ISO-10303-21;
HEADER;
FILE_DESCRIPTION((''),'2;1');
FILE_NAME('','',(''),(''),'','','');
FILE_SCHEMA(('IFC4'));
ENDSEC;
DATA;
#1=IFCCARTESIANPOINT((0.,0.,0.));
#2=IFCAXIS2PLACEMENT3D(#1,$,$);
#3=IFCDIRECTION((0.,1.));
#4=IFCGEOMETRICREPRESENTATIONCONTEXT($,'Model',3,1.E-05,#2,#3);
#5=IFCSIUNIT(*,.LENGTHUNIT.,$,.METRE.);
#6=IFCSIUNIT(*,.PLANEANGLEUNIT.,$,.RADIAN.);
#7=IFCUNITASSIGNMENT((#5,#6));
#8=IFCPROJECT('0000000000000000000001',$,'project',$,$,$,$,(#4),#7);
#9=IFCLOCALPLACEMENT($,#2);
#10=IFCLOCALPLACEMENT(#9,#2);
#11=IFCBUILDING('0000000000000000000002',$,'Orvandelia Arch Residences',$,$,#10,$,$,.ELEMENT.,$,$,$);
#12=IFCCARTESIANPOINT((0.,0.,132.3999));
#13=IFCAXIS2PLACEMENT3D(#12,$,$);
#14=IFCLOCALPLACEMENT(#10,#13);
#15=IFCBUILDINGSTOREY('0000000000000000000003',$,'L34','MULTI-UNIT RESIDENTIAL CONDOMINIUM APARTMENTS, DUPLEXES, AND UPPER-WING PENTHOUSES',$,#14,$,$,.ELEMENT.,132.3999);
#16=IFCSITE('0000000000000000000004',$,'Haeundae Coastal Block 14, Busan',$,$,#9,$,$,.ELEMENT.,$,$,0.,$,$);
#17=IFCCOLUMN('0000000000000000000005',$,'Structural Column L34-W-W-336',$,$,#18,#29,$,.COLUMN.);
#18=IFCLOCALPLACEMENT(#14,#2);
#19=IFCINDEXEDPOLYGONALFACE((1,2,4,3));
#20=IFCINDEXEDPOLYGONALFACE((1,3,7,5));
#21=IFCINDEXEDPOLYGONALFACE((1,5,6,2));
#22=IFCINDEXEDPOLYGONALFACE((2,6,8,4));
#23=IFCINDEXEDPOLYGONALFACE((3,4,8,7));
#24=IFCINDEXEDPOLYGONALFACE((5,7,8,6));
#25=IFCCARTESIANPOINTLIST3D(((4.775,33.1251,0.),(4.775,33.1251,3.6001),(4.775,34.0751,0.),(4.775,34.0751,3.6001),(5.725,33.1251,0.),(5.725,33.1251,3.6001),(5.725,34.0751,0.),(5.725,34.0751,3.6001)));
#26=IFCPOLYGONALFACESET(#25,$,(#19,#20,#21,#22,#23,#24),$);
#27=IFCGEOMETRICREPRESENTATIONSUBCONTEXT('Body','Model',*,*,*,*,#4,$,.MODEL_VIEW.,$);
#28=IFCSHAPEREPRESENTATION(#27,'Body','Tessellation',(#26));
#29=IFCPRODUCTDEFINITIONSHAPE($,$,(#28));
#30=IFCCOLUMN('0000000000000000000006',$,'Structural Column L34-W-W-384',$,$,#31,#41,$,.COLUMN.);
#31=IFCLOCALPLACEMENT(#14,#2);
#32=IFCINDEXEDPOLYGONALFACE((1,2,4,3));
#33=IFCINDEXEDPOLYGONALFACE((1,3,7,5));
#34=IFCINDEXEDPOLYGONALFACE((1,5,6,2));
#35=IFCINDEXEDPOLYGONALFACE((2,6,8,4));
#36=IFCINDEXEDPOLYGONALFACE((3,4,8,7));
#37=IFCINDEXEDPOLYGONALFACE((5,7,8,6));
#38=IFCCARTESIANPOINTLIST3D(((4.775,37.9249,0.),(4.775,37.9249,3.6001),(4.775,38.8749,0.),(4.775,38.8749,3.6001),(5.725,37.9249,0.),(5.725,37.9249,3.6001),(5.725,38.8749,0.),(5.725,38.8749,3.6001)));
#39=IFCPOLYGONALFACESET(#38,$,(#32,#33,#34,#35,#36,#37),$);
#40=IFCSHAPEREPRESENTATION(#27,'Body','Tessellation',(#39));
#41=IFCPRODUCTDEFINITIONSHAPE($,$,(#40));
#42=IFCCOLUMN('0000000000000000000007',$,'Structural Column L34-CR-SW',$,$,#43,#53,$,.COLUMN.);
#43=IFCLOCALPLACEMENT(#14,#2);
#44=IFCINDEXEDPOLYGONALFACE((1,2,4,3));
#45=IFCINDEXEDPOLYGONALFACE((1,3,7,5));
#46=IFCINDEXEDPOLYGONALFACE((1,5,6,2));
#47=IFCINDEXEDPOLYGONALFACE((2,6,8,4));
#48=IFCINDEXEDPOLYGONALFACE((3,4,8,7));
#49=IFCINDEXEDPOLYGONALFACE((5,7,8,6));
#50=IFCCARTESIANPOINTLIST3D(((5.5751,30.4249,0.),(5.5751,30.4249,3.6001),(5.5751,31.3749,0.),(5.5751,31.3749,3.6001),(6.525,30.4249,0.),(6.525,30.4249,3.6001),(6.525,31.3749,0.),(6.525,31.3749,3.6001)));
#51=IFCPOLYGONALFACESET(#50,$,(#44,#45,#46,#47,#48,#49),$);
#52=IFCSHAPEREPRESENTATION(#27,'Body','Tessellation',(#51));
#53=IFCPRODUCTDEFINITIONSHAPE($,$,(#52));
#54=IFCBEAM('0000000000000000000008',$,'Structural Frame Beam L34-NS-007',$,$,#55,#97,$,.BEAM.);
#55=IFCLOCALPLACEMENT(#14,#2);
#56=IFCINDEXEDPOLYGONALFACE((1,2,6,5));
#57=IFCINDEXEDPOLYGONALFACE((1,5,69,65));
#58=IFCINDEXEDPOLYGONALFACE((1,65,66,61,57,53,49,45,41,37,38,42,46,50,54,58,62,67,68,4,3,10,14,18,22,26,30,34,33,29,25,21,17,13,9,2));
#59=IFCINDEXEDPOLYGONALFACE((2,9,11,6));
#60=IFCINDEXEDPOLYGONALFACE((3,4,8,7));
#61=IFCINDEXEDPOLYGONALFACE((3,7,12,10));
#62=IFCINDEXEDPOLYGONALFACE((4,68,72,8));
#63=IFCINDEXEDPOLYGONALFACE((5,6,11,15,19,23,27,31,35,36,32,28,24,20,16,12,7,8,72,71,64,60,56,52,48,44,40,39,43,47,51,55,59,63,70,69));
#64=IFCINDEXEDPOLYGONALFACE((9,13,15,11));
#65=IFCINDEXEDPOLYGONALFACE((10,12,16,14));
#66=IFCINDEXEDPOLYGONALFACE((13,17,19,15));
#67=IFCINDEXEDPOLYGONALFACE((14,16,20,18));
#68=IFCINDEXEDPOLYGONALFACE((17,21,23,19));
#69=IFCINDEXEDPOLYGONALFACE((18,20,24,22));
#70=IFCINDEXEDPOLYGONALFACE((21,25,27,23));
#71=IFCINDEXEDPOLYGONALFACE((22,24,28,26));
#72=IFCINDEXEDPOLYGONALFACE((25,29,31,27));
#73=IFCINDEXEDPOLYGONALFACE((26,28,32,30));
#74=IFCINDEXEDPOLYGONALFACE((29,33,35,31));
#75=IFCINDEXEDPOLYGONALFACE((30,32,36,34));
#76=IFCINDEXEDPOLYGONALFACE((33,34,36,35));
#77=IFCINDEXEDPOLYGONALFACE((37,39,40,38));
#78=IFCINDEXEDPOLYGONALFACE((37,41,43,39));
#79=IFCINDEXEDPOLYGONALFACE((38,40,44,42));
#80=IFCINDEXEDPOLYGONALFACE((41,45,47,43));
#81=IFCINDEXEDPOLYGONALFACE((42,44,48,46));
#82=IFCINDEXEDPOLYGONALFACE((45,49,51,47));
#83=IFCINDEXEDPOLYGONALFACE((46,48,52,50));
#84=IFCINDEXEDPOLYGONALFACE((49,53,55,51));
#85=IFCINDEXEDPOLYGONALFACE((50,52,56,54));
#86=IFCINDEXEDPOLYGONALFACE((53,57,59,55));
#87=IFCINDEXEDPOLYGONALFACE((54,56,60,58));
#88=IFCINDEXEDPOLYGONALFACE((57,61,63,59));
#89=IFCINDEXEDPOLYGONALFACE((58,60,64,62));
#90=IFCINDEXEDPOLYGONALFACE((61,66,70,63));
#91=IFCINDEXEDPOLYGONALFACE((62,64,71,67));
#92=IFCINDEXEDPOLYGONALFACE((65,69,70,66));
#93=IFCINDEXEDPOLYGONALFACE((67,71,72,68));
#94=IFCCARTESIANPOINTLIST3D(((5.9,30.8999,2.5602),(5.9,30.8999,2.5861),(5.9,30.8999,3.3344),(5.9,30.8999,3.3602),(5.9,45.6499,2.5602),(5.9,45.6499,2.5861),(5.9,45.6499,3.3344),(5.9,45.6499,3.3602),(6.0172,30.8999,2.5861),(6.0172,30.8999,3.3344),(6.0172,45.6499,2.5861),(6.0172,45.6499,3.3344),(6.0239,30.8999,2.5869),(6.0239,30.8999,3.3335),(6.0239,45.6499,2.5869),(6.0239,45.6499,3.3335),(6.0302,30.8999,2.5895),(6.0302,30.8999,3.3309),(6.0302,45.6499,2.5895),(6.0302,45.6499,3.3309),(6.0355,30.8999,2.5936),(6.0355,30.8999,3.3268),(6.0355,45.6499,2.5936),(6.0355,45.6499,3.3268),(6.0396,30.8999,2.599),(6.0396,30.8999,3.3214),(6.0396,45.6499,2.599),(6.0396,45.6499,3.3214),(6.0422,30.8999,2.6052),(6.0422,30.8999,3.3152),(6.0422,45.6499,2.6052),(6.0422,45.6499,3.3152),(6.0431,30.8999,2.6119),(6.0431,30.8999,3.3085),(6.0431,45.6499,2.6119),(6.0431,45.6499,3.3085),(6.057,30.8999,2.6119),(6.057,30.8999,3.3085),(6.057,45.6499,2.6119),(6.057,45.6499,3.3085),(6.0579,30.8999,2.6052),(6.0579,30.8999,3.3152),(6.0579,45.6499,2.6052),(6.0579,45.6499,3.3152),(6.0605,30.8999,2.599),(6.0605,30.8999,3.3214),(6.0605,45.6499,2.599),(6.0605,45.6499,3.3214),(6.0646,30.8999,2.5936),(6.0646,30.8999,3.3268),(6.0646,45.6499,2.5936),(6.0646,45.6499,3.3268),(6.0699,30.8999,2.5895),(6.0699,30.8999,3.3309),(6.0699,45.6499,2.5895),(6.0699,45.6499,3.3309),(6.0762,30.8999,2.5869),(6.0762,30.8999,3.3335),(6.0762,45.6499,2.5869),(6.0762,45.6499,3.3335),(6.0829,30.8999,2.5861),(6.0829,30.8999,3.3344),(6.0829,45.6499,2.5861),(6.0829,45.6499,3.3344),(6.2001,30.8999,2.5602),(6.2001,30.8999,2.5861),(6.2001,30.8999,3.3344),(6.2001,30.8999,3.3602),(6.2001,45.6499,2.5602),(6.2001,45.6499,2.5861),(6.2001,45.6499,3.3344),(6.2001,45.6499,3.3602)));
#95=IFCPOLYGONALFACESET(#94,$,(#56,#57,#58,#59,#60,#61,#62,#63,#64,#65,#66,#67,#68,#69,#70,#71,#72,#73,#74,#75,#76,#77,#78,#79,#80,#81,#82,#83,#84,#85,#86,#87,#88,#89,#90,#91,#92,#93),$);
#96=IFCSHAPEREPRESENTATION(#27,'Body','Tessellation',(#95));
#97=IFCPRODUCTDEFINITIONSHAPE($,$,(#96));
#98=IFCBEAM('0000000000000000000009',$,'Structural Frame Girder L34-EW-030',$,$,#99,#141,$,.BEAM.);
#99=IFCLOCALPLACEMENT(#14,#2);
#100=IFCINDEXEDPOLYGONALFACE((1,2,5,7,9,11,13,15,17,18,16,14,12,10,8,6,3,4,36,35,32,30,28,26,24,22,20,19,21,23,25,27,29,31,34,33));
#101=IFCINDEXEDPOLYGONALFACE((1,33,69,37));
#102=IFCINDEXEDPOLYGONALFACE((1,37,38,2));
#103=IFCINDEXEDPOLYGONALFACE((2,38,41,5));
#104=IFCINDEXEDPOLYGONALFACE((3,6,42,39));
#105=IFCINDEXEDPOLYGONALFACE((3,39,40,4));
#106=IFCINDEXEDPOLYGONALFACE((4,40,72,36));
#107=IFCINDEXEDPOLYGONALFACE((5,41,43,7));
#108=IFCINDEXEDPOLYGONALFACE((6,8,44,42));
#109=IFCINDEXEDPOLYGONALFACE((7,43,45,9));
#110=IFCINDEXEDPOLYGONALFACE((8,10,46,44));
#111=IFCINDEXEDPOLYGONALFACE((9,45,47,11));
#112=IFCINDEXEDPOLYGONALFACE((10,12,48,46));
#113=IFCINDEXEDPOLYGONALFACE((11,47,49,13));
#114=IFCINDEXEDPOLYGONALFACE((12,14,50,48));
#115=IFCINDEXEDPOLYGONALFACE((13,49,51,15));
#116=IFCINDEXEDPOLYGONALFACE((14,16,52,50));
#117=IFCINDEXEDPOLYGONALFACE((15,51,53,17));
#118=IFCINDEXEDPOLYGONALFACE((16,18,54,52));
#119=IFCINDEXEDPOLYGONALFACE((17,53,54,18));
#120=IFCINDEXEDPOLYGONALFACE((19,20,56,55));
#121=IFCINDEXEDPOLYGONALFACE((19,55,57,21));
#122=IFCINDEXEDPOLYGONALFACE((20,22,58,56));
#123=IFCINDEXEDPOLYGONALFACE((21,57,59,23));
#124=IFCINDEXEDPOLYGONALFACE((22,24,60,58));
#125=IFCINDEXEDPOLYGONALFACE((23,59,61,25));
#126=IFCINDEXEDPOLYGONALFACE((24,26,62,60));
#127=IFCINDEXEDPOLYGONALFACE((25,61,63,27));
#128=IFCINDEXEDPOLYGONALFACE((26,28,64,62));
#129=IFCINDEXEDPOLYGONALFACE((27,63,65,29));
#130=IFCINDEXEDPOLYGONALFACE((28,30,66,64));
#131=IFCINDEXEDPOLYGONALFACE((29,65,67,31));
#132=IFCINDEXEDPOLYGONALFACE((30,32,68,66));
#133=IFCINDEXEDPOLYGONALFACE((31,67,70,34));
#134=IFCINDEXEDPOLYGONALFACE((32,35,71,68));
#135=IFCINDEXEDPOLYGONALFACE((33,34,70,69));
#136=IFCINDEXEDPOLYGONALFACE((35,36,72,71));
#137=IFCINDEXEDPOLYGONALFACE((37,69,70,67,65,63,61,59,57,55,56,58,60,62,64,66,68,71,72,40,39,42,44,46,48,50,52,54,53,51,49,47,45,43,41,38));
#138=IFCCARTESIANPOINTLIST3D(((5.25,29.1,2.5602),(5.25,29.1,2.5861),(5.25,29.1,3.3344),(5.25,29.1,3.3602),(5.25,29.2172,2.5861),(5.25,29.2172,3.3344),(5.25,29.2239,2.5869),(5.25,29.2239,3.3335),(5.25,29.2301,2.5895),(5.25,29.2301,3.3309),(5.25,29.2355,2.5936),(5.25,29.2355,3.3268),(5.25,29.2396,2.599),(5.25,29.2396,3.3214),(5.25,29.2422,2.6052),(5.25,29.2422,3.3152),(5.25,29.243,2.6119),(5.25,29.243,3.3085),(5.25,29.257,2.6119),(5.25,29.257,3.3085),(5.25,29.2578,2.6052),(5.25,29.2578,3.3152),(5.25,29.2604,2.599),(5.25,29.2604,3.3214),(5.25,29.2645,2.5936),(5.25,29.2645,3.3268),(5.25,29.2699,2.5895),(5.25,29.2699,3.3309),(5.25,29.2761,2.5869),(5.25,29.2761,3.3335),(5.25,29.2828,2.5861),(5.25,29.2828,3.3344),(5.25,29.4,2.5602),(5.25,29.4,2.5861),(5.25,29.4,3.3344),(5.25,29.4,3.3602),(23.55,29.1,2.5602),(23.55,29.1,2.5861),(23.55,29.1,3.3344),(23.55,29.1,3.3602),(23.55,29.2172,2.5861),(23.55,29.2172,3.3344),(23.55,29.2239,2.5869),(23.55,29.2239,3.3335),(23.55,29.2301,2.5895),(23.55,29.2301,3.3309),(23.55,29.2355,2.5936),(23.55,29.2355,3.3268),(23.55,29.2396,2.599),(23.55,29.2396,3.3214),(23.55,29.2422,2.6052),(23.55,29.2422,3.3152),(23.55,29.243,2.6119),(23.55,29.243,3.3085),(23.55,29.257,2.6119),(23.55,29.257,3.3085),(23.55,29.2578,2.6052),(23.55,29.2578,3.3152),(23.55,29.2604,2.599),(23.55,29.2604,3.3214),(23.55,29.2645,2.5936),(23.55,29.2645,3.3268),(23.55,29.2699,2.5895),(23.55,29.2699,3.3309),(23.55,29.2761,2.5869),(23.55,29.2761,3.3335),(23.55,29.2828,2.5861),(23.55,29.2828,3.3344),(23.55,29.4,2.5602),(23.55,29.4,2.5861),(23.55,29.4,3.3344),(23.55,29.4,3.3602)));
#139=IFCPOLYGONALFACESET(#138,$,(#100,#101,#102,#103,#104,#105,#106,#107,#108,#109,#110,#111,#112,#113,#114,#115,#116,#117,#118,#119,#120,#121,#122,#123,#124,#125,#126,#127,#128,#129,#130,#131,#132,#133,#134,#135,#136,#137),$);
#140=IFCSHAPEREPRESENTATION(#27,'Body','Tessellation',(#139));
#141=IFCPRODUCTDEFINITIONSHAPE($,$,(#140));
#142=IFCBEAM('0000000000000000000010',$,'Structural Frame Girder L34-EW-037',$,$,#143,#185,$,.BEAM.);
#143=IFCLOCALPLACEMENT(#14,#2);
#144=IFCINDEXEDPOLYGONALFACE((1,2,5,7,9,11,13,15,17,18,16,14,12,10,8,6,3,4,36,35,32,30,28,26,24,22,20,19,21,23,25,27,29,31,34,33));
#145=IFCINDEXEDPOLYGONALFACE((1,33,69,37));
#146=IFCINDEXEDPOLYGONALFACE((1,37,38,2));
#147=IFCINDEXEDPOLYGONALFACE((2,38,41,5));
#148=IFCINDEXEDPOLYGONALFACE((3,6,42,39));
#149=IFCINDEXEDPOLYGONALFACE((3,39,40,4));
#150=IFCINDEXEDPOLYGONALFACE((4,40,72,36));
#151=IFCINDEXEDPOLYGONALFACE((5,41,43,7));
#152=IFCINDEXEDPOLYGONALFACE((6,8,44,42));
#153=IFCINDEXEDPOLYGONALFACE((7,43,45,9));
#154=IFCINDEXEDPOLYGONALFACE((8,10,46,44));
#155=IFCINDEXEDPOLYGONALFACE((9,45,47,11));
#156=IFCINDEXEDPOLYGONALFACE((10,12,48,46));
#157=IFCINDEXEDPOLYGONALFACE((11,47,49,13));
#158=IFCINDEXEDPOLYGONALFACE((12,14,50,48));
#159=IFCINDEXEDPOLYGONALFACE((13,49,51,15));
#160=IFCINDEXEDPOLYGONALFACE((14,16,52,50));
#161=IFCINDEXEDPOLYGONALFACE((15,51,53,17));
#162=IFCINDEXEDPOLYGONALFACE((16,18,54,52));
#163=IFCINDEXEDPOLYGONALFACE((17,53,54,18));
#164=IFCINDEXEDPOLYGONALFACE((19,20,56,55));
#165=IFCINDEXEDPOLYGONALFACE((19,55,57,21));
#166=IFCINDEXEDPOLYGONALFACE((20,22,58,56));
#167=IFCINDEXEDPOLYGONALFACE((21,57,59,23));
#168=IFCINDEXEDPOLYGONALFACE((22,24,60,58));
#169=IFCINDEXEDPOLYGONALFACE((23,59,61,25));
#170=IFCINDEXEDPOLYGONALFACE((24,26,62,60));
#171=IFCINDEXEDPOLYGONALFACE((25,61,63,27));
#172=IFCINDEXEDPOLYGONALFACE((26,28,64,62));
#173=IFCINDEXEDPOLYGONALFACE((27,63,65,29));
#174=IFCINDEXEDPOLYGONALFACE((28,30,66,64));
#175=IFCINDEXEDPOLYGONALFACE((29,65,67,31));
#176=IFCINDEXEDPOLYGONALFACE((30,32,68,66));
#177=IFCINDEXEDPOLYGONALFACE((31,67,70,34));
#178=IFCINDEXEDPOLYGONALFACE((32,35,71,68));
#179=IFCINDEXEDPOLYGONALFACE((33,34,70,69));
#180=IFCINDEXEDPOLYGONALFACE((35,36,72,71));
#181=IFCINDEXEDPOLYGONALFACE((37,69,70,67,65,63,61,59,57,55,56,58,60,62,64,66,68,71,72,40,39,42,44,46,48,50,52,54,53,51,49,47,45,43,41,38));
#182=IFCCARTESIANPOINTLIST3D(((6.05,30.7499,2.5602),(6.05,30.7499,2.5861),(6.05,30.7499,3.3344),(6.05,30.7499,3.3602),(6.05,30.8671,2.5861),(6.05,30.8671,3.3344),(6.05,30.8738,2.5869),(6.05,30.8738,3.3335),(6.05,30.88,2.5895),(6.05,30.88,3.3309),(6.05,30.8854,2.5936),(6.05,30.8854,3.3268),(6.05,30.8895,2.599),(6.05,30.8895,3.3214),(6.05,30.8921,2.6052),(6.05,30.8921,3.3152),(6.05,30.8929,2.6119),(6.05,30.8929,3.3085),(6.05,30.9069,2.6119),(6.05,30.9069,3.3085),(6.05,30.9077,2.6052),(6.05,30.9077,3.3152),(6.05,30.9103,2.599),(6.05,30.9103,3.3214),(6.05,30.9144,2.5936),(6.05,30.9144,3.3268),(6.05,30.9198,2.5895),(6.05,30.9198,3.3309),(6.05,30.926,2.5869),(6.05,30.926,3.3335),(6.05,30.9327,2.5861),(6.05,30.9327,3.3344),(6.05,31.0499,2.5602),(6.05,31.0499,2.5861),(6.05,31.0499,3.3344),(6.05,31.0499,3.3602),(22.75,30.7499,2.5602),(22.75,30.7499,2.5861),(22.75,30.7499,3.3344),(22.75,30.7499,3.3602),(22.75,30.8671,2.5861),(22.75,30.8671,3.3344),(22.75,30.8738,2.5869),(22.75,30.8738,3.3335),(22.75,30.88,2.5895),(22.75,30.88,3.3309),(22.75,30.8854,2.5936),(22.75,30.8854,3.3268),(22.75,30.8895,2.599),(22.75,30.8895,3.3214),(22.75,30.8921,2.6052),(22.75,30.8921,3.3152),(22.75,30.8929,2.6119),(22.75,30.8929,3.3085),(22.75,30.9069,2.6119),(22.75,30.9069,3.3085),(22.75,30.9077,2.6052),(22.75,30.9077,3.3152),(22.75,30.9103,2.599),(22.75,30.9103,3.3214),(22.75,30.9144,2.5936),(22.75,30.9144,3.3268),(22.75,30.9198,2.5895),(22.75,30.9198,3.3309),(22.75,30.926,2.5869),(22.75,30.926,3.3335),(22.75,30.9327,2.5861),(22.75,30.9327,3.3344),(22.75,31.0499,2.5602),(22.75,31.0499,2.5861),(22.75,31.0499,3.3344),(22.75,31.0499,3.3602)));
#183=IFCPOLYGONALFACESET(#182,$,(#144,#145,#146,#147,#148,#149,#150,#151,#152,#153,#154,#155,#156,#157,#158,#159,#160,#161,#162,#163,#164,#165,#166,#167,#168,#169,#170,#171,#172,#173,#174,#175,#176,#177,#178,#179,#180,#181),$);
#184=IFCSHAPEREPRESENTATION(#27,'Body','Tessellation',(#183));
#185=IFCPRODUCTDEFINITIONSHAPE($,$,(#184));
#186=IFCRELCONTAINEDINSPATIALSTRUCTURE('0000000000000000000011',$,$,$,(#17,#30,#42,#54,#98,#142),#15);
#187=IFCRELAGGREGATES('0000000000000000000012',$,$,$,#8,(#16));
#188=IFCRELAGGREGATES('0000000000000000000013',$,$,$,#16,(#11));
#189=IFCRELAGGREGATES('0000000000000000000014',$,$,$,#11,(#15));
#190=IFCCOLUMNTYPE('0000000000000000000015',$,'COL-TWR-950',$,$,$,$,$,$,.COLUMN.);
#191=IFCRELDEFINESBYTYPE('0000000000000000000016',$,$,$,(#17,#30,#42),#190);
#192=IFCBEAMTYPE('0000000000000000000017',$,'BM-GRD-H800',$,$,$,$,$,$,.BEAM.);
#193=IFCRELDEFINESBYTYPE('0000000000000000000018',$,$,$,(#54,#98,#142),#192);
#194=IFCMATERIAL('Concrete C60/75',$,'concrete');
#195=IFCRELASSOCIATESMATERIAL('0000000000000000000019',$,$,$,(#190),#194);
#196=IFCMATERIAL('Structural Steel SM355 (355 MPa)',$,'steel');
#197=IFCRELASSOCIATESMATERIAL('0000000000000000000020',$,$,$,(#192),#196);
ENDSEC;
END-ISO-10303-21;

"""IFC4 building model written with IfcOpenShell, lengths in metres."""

from ifc_helpers import new_model, si_unit, direction, frame, origin, origin_2d, place, context, subcontext, project, spatial, rectangle, i_section, extrude, material, material_profile, profile_set, type_object, element, save


model = new_model("IFC4")

# Units and contexts
model_context = context("Model", 3, precision=1e-05, world=origin(), true_north=direction((0.0, 1.0)))
body_context = subcontext(model_context, "Body", "Model", "MODEL_VIEW")
ifc_project = project(units=[si_unit("LENGTHUNIT", "METRE"), si_unit("PLANEANGLEUNIT", "RADIAN")], contexts=[model_context])

# Site, building, storey
site_placement = place(None, origin())
site = spatial("IfcSite", under=ifc_project, at=site_placement, Name="Haeundae Coastal Block 14, Busan", CompositionType="ELEMENT", RefElevation=0.0)
building_placement = place(site_placement, origin())
building = spatial("IfcBuilding", under=site, at=building_placement, Name="Orvandelia Arch Residences", CompositionType="ELEMENT")
storey_placement = place(building_placement, frame((0.0, 0.0, 132.3999)))
storey = spatial("IfcBuildingStorey", under=building, at=storey_placement, Name="L34", Description="MULTI-UNIT RESIDENTIAL CONDOMINIUM APARTMENTS, DUPLEXES, AND UPPER-WING PENTHOUSES", CompositionType="ELEMENT", Elevation=132.3999)

# Columns
ifc_material_1 = material(Name="Concrete C60/75", Category="concrete")
ifc_material_profile_1 = material_profile(ifc_material_1, rectangle(XDim=0.95, YDim=0.95, at=origin_2d()), Name="Concrete C60/75", Category="concrete")
ifc_profile_set_1 = profile_set([ifc_material_profile_1], Name="Concrete C60/75")
column_type = type_object("IfcColumnType", Name="COL-TWR-950", PredefinedType="COLUMN", material=ifc_profile_set_1)
for number, where, z_axis, x_axis, name in (
    (1, (5.25, 33.6001, 0.0), (0.0, 0.0, 1.0), (1.0, 0.0, 0.0), "Structural Column L34-W-W-336"),
    (2, (5.25, 38.3999, 0.0), (0.0, 0.0, 1.0), (1.0, 0.0, 0.0), "Structural Column L34-W-W-384"),
    (3, (6.05, 30.8999, 0.0), (0.0, 0.0, 1.0), (1.0, 0.0, 0.0), "Structural Column L34-CR-SW"),
):
    element("IfcColumn", number, at=place(storey_placement, frame(where, z_axis=z_axis, x_axis=x_axis)), inside=storey, type_object=column_type, Name=name, PredefinedType="COLUMN", context=body_context, shape_type="SweptSolid", body=[
        extrude(rectangle(XDim=0.95, YDim=0.95, at=origin_2d()), origin(), (0.0, 0.0, 1.0), 3.6001),
    ])

# Beams
ifc_material_2 = material(Name="Structural Steel SM355 (355 MPa)", Category="steel")
ifc_material_profile_2 = material_profile(ifc_material_2, i_section(OverallWidth=0.3, OverallDepth=0.8, WebThickness=0.0139, FlangeThickness=0.0259, FilletRadius=0.0259, at=origin_2d()), Name="Structural Steel SM355 (355 MPa)", Category="steel")
ifc_profile_set_2 = profile_set([ifc_material_profile_2], Name="Structural Steel SM355 (355 MPa)")
beam_type_1 = type_object("IfcBeamType", Name="BM-GRD-H800", PredefinedType="BEAM", material=ifc_profile_set_2)
beam_1_placement = place(storey_placement, frame((6.05, 30.8999, 2.9602), z_axis=(0.0, 1.0, 0.0), x_axis=(-1.0, 0.0, 0.0)))
element("IfcBeam", 4, at=beam_1_placement, inside=storey, type_object=beam_type_1, Name="Structural Frame Beam L34-NS-007", PredefinedType="BEAM", context=body_context, shape_type="SweptSolid", body=[
    extrude(i_section(OverallWidth=0.3, OverallDepth=0.8, WebThickness=0.0139, FlangeThickness=0.0259, FilletRadius=0.0259, at=origin_2d()), origin(), (0.0, 0.0, 1.0), 14.75),
])
beam_2_placement = place(storey_placement, frame((5.25, 29.25, 2.9602), z_axis=(1.0, 0.0, 0.0), x_axis=(0.0, 1.0, 0.0)))
element("IfcBeam", 5, at=beam_2_placement, inside=storey, type_object=beam_type_1, Name="Structural Frame Girder L34-EW-030", PredefinedType="BEAM", context=body_context, shape_type="SweptSolid", body=[
    extrude(i_section(OverallWidth=0.3, OverallDepth=0.8, WebThickness=0.0139, FlangeThickness=0.0259, FilletRadius=0.0259, at=origin_2d()), origin(), (0.0, 0.0, 1.0), 18.3),
])
beam_3_placement = place(storey_placement, frame((6.05, 30.8999, 2.9602), z_axis=(1.0, 0.0, 0.0), x_axis=(0.0, 1.0, 0.0)))
element("IfcBeam", 6, at=beam_3_placement, inside=storey, type_object=beam_type_1, Name="Structural Frame Girder L34-EW-037", PredefinedType="BEAM", context=body_context, shape_type="SweptSolid", body=[
    extrude(i_section(OverallWidth=0.3, OverallDepth=0.8, WebThickness=0.0139, FlangeThickness=0.0259, FilletRadius=0.0259, at=origin_2d()), origin(), (0.0, 0.0, 1.0), 16.7),
])

save(model, "model.ifc")
